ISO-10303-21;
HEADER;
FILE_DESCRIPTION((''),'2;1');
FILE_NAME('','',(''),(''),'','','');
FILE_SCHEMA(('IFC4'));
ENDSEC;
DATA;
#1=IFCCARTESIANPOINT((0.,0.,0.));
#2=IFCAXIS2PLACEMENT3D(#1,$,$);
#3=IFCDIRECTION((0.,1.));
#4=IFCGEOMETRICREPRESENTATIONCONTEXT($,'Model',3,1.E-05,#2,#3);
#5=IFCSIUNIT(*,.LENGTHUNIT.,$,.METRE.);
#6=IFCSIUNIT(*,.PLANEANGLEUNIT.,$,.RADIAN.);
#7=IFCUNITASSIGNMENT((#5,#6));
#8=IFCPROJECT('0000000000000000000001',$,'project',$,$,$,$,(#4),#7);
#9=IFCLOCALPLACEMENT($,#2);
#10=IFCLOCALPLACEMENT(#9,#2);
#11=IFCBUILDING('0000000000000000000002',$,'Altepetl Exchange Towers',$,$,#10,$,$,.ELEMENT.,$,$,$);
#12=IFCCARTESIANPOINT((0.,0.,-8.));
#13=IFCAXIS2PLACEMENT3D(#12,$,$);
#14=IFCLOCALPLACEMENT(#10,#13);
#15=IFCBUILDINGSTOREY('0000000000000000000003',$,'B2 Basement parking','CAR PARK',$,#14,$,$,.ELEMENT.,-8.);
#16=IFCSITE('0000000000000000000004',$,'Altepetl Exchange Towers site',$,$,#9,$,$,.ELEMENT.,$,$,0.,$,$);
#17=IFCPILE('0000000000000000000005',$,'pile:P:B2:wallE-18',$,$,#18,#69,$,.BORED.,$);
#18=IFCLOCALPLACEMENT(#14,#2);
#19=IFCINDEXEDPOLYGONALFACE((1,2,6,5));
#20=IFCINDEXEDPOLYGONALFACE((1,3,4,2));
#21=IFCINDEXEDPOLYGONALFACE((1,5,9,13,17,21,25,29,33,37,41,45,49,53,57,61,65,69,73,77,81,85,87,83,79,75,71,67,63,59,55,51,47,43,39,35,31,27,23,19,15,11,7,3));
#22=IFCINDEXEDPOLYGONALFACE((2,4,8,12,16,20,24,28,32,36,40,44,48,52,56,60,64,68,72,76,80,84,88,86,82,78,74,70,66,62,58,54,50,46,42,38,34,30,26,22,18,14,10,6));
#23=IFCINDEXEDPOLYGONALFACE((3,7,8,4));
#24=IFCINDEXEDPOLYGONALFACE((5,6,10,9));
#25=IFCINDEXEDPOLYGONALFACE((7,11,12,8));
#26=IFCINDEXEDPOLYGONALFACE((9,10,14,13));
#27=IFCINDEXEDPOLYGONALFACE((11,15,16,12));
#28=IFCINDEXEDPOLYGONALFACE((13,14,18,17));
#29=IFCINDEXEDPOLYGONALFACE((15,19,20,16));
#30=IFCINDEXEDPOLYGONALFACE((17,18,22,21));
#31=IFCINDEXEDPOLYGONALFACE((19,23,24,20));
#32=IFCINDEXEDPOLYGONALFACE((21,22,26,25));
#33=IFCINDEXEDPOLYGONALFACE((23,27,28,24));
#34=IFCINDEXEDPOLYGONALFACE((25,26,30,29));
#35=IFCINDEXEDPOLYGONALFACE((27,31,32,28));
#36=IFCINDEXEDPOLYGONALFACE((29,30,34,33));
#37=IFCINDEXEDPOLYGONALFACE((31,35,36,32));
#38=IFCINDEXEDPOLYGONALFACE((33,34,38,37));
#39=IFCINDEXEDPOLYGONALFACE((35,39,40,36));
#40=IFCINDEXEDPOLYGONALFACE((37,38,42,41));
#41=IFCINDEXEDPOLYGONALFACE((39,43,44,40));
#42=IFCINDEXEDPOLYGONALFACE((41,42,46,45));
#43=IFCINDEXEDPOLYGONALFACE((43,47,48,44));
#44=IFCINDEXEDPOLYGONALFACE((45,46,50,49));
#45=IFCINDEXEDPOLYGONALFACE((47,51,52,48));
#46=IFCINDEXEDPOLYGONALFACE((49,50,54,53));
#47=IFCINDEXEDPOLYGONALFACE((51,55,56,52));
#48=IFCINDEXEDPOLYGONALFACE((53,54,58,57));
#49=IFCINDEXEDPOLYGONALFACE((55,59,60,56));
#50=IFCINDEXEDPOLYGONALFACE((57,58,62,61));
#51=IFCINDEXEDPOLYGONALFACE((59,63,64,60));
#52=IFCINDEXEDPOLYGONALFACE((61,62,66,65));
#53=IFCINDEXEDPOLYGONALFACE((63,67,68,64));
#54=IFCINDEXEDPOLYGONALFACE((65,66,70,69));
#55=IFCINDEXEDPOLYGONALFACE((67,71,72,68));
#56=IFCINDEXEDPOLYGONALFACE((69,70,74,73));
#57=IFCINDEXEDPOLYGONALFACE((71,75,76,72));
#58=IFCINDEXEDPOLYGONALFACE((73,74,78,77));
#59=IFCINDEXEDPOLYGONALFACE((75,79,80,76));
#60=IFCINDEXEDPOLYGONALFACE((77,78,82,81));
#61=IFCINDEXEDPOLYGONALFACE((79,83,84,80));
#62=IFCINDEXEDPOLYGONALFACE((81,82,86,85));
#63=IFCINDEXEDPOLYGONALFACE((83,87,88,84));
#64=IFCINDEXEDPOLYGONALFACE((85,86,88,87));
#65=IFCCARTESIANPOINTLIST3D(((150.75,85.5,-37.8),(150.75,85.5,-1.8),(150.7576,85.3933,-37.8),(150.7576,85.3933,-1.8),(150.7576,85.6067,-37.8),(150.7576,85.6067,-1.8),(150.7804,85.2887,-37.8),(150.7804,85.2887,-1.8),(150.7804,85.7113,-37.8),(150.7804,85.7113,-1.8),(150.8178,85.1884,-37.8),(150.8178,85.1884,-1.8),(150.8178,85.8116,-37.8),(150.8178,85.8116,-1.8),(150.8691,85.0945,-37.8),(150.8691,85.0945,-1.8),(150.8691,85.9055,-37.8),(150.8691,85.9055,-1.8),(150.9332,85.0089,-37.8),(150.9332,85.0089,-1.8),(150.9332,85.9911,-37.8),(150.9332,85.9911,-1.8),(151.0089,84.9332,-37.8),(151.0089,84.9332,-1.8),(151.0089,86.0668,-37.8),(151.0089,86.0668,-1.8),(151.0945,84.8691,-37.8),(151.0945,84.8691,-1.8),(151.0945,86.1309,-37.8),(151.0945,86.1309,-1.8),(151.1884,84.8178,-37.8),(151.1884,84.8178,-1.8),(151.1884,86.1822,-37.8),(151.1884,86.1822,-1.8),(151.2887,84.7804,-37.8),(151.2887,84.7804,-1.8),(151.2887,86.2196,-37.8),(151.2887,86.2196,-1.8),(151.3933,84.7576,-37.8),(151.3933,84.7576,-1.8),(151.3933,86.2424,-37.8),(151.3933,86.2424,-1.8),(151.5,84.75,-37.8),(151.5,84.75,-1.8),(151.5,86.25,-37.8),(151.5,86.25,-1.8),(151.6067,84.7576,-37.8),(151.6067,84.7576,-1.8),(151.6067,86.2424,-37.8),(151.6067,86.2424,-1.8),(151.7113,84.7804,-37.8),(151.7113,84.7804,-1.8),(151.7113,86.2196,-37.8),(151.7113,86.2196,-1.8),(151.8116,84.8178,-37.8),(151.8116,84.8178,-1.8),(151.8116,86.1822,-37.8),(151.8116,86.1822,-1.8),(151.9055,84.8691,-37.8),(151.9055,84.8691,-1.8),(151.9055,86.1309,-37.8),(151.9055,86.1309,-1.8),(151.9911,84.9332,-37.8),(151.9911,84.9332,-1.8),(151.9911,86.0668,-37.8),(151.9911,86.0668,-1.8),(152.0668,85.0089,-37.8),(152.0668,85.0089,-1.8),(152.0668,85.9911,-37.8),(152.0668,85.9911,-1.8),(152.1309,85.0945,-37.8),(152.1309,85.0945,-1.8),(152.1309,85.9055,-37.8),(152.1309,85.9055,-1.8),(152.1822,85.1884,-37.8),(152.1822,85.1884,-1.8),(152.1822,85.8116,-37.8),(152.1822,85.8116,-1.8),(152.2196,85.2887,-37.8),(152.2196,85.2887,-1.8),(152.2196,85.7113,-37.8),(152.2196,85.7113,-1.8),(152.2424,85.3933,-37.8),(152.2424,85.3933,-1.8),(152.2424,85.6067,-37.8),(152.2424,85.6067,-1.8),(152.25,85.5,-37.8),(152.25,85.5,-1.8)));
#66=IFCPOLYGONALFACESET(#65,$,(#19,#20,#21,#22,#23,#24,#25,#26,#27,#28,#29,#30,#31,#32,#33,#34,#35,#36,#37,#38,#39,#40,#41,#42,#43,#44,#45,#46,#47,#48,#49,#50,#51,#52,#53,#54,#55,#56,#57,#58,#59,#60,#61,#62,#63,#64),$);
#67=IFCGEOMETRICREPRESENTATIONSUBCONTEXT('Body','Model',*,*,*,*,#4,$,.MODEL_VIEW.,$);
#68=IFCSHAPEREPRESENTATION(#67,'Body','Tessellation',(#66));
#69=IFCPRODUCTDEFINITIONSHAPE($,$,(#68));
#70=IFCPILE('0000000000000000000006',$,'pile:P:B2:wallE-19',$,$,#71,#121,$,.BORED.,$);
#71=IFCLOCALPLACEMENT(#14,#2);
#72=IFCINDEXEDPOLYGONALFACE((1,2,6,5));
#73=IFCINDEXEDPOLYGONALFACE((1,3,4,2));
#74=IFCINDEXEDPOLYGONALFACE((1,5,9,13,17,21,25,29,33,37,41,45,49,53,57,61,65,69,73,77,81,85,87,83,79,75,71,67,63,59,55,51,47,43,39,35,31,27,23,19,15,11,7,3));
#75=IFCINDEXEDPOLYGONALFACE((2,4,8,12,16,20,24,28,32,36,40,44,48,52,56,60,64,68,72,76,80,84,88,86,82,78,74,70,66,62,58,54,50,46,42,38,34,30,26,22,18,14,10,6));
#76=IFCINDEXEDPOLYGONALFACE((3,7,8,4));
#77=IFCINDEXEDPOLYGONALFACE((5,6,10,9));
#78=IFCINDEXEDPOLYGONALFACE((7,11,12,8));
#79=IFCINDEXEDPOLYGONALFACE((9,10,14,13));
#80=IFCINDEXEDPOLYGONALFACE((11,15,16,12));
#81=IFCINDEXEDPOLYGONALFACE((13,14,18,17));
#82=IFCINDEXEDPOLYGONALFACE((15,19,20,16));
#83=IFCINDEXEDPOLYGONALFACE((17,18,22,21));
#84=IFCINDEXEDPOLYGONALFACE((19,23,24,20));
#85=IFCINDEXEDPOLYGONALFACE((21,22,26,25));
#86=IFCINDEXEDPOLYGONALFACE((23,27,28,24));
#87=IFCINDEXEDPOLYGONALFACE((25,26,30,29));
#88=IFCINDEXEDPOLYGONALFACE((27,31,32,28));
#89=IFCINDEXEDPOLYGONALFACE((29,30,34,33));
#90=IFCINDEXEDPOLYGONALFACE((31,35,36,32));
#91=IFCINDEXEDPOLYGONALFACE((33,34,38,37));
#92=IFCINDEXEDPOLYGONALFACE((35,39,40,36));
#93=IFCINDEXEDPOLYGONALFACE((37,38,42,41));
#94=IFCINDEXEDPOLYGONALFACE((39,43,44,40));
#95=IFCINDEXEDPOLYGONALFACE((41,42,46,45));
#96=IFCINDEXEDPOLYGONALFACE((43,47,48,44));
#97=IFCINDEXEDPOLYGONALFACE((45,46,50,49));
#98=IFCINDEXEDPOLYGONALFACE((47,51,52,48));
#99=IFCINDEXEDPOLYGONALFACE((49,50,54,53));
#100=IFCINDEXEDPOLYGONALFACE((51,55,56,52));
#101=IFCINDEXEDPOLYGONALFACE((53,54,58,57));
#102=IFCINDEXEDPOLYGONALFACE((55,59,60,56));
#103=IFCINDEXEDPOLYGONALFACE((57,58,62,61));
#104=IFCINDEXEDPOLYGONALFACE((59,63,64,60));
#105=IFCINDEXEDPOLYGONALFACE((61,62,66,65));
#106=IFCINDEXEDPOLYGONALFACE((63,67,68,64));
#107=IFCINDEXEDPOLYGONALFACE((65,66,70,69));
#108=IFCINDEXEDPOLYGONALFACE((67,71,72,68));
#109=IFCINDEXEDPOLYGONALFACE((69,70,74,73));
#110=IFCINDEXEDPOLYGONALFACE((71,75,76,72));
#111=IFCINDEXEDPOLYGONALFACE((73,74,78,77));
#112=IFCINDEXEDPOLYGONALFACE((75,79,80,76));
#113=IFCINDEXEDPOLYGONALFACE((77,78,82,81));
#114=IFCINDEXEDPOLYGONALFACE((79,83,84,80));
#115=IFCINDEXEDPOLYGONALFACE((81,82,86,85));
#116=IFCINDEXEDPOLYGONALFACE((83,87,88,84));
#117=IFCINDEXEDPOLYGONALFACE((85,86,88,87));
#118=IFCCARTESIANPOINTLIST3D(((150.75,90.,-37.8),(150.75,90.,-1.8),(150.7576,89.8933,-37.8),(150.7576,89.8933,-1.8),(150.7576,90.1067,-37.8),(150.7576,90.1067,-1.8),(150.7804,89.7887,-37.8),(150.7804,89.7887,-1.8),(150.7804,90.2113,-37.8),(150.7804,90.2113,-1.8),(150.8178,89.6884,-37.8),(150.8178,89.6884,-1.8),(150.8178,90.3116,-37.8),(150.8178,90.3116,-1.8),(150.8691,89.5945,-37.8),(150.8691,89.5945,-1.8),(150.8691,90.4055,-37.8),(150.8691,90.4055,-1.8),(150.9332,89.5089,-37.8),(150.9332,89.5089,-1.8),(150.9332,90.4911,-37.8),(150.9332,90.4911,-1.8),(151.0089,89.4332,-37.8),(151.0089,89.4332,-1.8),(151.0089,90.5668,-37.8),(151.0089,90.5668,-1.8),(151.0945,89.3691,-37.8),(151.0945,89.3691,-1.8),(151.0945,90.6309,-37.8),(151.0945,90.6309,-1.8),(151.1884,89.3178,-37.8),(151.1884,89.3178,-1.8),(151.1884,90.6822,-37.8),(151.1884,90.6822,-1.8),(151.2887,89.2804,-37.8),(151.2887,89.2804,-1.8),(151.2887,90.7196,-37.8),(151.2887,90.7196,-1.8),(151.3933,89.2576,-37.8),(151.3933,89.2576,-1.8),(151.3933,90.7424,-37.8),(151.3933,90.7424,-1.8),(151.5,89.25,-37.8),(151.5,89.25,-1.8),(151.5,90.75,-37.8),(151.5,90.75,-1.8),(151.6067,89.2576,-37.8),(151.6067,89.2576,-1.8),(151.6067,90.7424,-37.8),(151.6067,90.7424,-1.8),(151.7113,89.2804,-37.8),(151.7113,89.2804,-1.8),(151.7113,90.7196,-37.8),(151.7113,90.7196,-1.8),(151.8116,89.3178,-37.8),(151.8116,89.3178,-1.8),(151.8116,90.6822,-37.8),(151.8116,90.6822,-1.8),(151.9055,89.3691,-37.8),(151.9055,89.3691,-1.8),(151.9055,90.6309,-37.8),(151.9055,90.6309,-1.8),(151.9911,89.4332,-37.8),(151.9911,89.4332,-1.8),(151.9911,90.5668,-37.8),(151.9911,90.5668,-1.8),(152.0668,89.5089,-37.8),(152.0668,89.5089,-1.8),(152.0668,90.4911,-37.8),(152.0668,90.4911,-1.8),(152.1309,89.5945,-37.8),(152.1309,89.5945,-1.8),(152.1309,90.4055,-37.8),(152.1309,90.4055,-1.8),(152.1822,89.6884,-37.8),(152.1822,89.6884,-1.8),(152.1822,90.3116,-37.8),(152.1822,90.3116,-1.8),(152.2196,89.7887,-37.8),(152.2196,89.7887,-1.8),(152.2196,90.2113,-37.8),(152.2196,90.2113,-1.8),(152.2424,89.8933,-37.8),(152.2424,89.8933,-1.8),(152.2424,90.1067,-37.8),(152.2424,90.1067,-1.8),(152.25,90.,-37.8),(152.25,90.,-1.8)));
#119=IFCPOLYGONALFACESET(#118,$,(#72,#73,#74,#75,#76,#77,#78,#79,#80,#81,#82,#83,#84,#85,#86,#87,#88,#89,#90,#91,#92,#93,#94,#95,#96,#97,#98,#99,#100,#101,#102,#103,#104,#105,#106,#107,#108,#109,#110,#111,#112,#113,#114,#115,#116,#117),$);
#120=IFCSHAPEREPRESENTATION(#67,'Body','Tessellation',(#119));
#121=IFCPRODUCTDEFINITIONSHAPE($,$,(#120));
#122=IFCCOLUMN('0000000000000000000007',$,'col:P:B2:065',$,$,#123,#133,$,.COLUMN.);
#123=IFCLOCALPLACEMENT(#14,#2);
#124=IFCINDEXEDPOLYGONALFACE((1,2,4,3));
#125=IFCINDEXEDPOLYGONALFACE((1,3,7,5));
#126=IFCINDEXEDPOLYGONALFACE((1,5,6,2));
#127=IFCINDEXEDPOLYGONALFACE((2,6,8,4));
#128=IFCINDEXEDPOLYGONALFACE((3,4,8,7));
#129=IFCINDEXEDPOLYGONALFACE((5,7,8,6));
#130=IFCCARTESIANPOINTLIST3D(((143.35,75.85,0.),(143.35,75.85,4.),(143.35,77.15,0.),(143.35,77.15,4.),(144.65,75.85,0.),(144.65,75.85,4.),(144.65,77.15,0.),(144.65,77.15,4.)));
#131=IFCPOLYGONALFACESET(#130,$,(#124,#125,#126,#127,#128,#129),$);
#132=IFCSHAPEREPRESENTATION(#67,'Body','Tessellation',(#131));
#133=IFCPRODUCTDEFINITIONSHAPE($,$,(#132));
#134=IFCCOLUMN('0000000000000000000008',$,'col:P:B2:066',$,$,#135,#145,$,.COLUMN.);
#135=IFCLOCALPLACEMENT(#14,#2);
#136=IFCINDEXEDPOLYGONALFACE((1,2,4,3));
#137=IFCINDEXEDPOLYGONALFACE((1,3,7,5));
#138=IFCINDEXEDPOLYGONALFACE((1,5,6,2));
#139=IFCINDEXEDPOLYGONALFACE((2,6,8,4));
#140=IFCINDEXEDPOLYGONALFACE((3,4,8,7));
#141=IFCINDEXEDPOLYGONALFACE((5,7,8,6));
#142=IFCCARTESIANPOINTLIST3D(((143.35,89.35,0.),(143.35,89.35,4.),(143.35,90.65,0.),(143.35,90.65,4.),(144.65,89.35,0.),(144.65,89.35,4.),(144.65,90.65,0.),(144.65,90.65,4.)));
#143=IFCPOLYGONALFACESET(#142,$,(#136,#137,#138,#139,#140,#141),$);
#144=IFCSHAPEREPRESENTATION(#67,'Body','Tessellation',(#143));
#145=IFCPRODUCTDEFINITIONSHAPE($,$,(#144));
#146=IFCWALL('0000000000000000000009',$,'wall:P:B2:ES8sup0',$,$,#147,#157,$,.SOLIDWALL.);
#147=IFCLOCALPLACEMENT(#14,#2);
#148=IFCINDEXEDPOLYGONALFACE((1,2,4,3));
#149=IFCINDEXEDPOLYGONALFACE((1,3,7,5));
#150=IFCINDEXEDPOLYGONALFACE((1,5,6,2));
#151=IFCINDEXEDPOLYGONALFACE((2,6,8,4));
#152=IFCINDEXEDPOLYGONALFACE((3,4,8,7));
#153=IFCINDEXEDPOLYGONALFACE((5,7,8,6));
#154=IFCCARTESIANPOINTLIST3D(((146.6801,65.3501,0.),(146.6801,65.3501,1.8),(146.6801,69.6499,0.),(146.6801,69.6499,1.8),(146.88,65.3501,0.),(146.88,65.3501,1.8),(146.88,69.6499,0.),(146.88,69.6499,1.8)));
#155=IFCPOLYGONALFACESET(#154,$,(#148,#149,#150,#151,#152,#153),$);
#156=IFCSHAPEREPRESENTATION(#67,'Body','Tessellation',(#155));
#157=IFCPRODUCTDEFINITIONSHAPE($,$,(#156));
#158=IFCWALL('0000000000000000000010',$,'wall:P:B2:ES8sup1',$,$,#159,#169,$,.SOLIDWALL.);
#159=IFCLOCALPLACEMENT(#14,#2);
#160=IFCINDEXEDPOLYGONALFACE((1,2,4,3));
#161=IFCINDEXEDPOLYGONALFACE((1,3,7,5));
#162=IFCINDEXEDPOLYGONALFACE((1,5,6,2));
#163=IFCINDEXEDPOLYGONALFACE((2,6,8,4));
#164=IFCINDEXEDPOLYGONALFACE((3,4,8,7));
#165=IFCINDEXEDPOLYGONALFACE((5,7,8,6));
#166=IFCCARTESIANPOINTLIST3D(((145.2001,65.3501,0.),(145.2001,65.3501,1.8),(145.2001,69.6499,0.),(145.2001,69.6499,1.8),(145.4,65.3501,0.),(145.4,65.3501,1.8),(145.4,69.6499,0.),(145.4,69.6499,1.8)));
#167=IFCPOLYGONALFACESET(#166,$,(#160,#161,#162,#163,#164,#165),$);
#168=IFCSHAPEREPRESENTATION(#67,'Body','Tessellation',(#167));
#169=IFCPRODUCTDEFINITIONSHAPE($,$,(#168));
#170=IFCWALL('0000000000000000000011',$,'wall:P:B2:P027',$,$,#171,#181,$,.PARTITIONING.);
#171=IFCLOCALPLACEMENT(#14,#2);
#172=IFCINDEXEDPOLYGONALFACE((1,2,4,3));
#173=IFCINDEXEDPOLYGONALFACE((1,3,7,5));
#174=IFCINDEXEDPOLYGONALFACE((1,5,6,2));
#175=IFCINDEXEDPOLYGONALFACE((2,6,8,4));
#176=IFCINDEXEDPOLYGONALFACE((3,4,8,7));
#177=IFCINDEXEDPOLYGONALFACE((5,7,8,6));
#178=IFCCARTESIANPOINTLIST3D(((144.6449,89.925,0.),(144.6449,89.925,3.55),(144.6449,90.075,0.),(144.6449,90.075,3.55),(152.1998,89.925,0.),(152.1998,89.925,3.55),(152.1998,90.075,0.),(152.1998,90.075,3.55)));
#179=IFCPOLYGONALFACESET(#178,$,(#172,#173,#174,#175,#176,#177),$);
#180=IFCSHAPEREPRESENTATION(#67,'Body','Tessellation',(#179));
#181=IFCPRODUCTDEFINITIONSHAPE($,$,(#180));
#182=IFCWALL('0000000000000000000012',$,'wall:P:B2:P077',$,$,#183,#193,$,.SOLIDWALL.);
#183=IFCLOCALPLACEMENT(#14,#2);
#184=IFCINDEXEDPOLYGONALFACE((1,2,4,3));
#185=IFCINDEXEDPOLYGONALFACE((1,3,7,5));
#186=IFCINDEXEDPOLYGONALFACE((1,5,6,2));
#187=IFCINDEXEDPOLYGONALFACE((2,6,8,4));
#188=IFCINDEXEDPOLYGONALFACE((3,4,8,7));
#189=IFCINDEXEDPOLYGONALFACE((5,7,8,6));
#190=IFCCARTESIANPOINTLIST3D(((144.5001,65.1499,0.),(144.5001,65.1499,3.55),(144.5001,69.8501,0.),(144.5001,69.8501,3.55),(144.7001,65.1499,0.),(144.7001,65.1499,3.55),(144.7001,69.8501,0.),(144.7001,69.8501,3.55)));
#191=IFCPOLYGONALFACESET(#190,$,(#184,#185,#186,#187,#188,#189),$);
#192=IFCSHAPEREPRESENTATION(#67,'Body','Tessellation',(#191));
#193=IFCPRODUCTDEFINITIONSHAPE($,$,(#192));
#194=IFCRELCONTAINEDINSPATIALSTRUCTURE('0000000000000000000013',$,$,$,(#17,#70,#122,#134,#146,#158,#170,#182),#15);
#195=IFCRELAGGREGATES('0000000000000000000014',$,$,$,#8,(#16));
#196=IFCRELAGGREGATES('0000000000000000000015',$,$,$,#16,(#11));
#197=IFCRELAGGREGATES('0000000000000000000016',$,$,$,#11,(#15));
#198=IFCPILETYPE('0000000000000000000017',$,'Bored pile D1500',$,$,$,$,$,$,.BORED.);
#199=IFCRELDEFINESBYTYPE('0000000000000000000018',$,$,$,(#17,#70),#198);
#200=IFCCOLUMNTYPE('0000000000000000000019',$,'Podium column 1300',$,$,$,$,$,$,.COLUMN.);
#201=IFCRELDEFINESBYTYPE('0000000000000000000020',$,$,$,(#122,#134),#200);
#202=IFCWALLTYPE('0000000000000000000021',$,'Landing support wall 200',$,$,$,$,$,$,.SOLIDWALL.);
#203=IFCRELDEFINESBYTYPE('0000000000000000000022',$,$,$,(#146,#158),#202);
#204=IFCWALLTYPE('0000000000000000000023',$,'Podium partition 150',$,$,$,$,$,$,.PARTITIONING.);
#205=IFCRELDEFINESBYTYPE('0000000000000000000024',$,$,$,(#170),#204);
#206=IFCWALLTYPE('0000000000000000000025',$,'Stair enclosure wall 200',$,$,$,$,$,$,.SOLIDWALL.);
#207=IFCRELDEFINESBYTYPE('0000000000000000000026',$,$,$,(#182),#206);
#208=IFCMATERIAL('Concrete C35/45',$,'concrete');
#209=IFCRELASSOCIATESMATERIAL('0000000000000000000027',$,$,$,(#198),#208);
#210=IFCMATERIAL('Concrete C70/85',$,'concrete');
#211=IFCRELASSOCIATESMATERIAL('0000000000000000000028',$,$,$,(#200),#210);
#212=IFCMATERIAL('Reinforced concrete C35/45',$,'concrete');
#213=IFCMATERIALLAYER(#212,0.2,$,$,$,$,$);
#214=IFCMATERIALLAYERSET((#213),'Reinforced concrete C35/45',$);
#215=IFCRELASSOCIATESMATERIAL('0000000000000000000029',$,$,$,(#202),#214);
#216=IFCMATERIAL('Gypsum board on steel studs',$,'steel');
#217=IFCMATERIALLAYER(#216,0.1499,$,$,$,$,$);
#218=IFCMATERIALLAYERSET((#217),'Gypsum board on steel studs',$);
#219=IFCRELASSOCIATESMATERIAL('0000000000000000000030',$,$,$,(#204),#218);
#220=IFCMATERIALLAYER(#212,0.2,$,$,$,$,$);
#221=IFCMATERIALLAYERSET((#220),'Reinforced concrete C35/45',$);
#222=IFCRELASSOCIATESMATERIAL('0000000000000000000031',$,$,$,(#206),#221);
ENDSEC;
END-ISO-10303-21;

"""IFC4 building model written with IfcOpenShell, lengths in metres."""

from ifc_helpers import new_model, si_unit, direction, frame, frame_2d, origin, origin_2d, place, context, subcontext, project, spatial, rectangle, circle, extrude, material, layer, layer_set, material_profile, profile_set, type_object, element, save


model = new_model("IFC4")

# Units and contexts
model_context = context("Model", 3, precision=1e-05, world=origin(), true_north=direction((0.0, 1.0)))
body_context = subcontext(model_context, "Body", "Model", "MODEL_VIEW")
ifc_project = project(units=[si_unit("LENGTHUNIT", "METRE"), si_unit("PLANEANGLEUNIT", "RADIAN")], contexts=[model_context])

# Site, building, storey
site_placement = place(None, origin())
site = spatial("IfcSite", under=ifc_project, at=site_placement, Name="Altepetl Exchange Towers site", CompositionType="ELEMENT", RefElevation=0.0)
building_placement = place(site_placement, origin())
building = spatial("IfcBuilding", under=site, at=building_placement, Name="Altepetl Exchange Towers", CompositionType="ELEMENT")
storey_placement = place(building_placement, frame((0.0, 0.0, -8.0)))
storey = spatial("IfcBuildingStorey", under=building, at=storey_placement, Name="B2 Basement parking", Description="CAR PARK", CompositionType="ELEMENT", Elevation=-8.0)

# Piles
ifc_material_1 = material(Name="Concrete C35/45", Category="concrete")
ifc_material_profile_1 = material_profile(ifc_material_1, circle(Radius=0.75, at=origin_2d()), Name="D1500")
ifc_profile_set_1 = profile_set([ifc_material_profile_1], Name="Concrete C35/45")
pile_type_1 = type_object("IfcPileType", Name="Bored pile D1500", PredefinedType="BORED", material=ifc_profile_set_1)
for number, where, z_axis, x_axis, name in (
    (1, (151.5, 85.5, -1.8), (0.0, 0.0, -1.0), (1.0, 0.0, 0.0), "pile:P:B2:wallE-18"),
    (2, (151.5, 90.0, -1.8), (0.0, 0.0, -1.0), (1.0, 0.0, 0.0), "pile:P:B2:wallE-19"),
):
    element("IfcPile", number, at=place(storey_placement, frame(where, z_axis=z_axis, x_axis=x_axis)), inside=storey, type_object=pile_type_1, Name=name, PredefinedType="BORED", context=body_context, shape_type="SweptSolid", body=[
        extrude(circle(Radius=0.75, at=origin_2d()), origin(), (0.0, 0.0, 1.0), 36.0),
    ])

# Columns
ifc_material_2 = material(Name="Concrete C70/85", Category="concrete")
ifc_material_profile_2 = material_profile(ifc_material_2, rectangle(XDim=1.3, YDim=1.3, at=origin_2d()), Name="1300 x 1300")
ifc_profile_set_2 = profile_set([ifc_material_profile_2], Name="Concrete C70/85")
column_type = type_object("IfcColumnType", Name="Podium column 1300", PredefinedType="COLUMN", material=ifc_profile_set_2)
for number, where, name in (
    (3, (144.0, 76.5, 0.0), "col:P:B2:065"),
    (4, (144.0, 90.0, 0.0), "col:P:B2:066"),
):
    element("IfcColumn", number, at=place(storey_placement, frame(where)), inside=storey, type_object=column_type, Name=name, PredefinedType="COLUMN", context=body_context, shape_type="SweptSolid", body=[
        extrude(rectangle(XDim=1.3, YDim=1.3, at=origin_2d()), origin(), (0.0, 0.0, 1.0), 4.0),
    ])

# Walls
ifc_material_3 = material(Name="Reinforced concrete C35/45", Category="concrete")
ifc_layer_1 = layer(ifc_material_3, 0.2)
ifc_layer_set_1 = layer_set([ifc_layer_1], Name="Reinforced concrete C35/45")
wall_type_1 = type_object("IfcWallType", Name="Landing support wall 200", PredefinedType="SOLIDWALL", material=ifc_layer_set_1)
for number, where, z_axis, x_axis, name in (
    (5, (146.78, 65.3501, 0.0), (0.0, 0.0, 1.0), (0.0, 1.0, 0.0), "wall:P:B2:ES8sup0"),
    (6, (145.3, 65.3501, 0.0), (0.0, 0.0, 1.0), (0.0, 1.0, 0.0), "wall:P:B2:ES8sup1"),
):
    element("IfcWall", number, at=place(storey_placement, frame(where, z_axis=z_axis, x_axis=x_axis)), inside=storey, type_object=wall_type_1, Name=name, PredefinedType="SOLIDWALL", context=body_context, shape_type="SweptSolid", body=[
        extrude(rectangle(XDim=4.2998, YDim=0.2, at=frame_2d((2.1499, 0.0))), origin(), (0.0, 0.0, 1.0), 1.8),
    ])
ifc_material_4 = material(Name="Gypsum board on steel studs", Category="steel")
ifc_layer_2 = layer(ifc_material_4, 0.1499)
ifc_layer_set_2 = layer_set([ifc_layer_2], Name="Gypsum board on steel studs")
wall_type_2 = type_object("IfcWallType", Name="Podium partition 150", PredefinedType="PARTITIONING", material=ifc_layer_set_2)
wall_1_placement = place(storey_placement, frame((144.645, 90.0, 0.0)))
element("IfcWall", 7, at=wall_1_placement, inside=storey, type_object=wall_type_2, Name="wall:P:B2:P027", PredefinedType="PARTITIONING", context=body_context, shape_type="SweptSolid", body=[
    extrude(rectangle(XDim=7.5549, YDim=0.1499, at=frame_2d((3.7773, 0.0))), origin(), (0.0, 0.0, 1.0), 3.55),
])
ifc_layer_3 = layer(ifc_material_3, 0.2)
ifc_layer_set_3 = layer_set([ifc_layer_3], Name="Reinforced concrete C35/45")
wall_type_3 = type_object("IfcWallType", Name="Stair enclosure wall 200", PredefinedType="SOLIDWALL", material=ifc_layer_set_3)
wall_2_placement = place(storey_placement, frame((144.6001, 65.1499, 0.0), z_axis=(0.0, 0.0, 1.0), x_axis=(0.0, 1.0, 0.0)))
element("IfcWall", 8, at=wall_2_placement, inside=storey, type_object=wall_type_3, Name="wall:P:B2:P077", PredefinedType="SOLIDWALL", context=body_context, shape_type="SweptSolid", body=[
    extrude(rectangle(XDim=4.7002, YDim=0.2, at=frame_2d((2.3501, 0.0))), origin(), (0.0, 0.0, 1.0), 3.55),
])

save(model, "model.ifc")
